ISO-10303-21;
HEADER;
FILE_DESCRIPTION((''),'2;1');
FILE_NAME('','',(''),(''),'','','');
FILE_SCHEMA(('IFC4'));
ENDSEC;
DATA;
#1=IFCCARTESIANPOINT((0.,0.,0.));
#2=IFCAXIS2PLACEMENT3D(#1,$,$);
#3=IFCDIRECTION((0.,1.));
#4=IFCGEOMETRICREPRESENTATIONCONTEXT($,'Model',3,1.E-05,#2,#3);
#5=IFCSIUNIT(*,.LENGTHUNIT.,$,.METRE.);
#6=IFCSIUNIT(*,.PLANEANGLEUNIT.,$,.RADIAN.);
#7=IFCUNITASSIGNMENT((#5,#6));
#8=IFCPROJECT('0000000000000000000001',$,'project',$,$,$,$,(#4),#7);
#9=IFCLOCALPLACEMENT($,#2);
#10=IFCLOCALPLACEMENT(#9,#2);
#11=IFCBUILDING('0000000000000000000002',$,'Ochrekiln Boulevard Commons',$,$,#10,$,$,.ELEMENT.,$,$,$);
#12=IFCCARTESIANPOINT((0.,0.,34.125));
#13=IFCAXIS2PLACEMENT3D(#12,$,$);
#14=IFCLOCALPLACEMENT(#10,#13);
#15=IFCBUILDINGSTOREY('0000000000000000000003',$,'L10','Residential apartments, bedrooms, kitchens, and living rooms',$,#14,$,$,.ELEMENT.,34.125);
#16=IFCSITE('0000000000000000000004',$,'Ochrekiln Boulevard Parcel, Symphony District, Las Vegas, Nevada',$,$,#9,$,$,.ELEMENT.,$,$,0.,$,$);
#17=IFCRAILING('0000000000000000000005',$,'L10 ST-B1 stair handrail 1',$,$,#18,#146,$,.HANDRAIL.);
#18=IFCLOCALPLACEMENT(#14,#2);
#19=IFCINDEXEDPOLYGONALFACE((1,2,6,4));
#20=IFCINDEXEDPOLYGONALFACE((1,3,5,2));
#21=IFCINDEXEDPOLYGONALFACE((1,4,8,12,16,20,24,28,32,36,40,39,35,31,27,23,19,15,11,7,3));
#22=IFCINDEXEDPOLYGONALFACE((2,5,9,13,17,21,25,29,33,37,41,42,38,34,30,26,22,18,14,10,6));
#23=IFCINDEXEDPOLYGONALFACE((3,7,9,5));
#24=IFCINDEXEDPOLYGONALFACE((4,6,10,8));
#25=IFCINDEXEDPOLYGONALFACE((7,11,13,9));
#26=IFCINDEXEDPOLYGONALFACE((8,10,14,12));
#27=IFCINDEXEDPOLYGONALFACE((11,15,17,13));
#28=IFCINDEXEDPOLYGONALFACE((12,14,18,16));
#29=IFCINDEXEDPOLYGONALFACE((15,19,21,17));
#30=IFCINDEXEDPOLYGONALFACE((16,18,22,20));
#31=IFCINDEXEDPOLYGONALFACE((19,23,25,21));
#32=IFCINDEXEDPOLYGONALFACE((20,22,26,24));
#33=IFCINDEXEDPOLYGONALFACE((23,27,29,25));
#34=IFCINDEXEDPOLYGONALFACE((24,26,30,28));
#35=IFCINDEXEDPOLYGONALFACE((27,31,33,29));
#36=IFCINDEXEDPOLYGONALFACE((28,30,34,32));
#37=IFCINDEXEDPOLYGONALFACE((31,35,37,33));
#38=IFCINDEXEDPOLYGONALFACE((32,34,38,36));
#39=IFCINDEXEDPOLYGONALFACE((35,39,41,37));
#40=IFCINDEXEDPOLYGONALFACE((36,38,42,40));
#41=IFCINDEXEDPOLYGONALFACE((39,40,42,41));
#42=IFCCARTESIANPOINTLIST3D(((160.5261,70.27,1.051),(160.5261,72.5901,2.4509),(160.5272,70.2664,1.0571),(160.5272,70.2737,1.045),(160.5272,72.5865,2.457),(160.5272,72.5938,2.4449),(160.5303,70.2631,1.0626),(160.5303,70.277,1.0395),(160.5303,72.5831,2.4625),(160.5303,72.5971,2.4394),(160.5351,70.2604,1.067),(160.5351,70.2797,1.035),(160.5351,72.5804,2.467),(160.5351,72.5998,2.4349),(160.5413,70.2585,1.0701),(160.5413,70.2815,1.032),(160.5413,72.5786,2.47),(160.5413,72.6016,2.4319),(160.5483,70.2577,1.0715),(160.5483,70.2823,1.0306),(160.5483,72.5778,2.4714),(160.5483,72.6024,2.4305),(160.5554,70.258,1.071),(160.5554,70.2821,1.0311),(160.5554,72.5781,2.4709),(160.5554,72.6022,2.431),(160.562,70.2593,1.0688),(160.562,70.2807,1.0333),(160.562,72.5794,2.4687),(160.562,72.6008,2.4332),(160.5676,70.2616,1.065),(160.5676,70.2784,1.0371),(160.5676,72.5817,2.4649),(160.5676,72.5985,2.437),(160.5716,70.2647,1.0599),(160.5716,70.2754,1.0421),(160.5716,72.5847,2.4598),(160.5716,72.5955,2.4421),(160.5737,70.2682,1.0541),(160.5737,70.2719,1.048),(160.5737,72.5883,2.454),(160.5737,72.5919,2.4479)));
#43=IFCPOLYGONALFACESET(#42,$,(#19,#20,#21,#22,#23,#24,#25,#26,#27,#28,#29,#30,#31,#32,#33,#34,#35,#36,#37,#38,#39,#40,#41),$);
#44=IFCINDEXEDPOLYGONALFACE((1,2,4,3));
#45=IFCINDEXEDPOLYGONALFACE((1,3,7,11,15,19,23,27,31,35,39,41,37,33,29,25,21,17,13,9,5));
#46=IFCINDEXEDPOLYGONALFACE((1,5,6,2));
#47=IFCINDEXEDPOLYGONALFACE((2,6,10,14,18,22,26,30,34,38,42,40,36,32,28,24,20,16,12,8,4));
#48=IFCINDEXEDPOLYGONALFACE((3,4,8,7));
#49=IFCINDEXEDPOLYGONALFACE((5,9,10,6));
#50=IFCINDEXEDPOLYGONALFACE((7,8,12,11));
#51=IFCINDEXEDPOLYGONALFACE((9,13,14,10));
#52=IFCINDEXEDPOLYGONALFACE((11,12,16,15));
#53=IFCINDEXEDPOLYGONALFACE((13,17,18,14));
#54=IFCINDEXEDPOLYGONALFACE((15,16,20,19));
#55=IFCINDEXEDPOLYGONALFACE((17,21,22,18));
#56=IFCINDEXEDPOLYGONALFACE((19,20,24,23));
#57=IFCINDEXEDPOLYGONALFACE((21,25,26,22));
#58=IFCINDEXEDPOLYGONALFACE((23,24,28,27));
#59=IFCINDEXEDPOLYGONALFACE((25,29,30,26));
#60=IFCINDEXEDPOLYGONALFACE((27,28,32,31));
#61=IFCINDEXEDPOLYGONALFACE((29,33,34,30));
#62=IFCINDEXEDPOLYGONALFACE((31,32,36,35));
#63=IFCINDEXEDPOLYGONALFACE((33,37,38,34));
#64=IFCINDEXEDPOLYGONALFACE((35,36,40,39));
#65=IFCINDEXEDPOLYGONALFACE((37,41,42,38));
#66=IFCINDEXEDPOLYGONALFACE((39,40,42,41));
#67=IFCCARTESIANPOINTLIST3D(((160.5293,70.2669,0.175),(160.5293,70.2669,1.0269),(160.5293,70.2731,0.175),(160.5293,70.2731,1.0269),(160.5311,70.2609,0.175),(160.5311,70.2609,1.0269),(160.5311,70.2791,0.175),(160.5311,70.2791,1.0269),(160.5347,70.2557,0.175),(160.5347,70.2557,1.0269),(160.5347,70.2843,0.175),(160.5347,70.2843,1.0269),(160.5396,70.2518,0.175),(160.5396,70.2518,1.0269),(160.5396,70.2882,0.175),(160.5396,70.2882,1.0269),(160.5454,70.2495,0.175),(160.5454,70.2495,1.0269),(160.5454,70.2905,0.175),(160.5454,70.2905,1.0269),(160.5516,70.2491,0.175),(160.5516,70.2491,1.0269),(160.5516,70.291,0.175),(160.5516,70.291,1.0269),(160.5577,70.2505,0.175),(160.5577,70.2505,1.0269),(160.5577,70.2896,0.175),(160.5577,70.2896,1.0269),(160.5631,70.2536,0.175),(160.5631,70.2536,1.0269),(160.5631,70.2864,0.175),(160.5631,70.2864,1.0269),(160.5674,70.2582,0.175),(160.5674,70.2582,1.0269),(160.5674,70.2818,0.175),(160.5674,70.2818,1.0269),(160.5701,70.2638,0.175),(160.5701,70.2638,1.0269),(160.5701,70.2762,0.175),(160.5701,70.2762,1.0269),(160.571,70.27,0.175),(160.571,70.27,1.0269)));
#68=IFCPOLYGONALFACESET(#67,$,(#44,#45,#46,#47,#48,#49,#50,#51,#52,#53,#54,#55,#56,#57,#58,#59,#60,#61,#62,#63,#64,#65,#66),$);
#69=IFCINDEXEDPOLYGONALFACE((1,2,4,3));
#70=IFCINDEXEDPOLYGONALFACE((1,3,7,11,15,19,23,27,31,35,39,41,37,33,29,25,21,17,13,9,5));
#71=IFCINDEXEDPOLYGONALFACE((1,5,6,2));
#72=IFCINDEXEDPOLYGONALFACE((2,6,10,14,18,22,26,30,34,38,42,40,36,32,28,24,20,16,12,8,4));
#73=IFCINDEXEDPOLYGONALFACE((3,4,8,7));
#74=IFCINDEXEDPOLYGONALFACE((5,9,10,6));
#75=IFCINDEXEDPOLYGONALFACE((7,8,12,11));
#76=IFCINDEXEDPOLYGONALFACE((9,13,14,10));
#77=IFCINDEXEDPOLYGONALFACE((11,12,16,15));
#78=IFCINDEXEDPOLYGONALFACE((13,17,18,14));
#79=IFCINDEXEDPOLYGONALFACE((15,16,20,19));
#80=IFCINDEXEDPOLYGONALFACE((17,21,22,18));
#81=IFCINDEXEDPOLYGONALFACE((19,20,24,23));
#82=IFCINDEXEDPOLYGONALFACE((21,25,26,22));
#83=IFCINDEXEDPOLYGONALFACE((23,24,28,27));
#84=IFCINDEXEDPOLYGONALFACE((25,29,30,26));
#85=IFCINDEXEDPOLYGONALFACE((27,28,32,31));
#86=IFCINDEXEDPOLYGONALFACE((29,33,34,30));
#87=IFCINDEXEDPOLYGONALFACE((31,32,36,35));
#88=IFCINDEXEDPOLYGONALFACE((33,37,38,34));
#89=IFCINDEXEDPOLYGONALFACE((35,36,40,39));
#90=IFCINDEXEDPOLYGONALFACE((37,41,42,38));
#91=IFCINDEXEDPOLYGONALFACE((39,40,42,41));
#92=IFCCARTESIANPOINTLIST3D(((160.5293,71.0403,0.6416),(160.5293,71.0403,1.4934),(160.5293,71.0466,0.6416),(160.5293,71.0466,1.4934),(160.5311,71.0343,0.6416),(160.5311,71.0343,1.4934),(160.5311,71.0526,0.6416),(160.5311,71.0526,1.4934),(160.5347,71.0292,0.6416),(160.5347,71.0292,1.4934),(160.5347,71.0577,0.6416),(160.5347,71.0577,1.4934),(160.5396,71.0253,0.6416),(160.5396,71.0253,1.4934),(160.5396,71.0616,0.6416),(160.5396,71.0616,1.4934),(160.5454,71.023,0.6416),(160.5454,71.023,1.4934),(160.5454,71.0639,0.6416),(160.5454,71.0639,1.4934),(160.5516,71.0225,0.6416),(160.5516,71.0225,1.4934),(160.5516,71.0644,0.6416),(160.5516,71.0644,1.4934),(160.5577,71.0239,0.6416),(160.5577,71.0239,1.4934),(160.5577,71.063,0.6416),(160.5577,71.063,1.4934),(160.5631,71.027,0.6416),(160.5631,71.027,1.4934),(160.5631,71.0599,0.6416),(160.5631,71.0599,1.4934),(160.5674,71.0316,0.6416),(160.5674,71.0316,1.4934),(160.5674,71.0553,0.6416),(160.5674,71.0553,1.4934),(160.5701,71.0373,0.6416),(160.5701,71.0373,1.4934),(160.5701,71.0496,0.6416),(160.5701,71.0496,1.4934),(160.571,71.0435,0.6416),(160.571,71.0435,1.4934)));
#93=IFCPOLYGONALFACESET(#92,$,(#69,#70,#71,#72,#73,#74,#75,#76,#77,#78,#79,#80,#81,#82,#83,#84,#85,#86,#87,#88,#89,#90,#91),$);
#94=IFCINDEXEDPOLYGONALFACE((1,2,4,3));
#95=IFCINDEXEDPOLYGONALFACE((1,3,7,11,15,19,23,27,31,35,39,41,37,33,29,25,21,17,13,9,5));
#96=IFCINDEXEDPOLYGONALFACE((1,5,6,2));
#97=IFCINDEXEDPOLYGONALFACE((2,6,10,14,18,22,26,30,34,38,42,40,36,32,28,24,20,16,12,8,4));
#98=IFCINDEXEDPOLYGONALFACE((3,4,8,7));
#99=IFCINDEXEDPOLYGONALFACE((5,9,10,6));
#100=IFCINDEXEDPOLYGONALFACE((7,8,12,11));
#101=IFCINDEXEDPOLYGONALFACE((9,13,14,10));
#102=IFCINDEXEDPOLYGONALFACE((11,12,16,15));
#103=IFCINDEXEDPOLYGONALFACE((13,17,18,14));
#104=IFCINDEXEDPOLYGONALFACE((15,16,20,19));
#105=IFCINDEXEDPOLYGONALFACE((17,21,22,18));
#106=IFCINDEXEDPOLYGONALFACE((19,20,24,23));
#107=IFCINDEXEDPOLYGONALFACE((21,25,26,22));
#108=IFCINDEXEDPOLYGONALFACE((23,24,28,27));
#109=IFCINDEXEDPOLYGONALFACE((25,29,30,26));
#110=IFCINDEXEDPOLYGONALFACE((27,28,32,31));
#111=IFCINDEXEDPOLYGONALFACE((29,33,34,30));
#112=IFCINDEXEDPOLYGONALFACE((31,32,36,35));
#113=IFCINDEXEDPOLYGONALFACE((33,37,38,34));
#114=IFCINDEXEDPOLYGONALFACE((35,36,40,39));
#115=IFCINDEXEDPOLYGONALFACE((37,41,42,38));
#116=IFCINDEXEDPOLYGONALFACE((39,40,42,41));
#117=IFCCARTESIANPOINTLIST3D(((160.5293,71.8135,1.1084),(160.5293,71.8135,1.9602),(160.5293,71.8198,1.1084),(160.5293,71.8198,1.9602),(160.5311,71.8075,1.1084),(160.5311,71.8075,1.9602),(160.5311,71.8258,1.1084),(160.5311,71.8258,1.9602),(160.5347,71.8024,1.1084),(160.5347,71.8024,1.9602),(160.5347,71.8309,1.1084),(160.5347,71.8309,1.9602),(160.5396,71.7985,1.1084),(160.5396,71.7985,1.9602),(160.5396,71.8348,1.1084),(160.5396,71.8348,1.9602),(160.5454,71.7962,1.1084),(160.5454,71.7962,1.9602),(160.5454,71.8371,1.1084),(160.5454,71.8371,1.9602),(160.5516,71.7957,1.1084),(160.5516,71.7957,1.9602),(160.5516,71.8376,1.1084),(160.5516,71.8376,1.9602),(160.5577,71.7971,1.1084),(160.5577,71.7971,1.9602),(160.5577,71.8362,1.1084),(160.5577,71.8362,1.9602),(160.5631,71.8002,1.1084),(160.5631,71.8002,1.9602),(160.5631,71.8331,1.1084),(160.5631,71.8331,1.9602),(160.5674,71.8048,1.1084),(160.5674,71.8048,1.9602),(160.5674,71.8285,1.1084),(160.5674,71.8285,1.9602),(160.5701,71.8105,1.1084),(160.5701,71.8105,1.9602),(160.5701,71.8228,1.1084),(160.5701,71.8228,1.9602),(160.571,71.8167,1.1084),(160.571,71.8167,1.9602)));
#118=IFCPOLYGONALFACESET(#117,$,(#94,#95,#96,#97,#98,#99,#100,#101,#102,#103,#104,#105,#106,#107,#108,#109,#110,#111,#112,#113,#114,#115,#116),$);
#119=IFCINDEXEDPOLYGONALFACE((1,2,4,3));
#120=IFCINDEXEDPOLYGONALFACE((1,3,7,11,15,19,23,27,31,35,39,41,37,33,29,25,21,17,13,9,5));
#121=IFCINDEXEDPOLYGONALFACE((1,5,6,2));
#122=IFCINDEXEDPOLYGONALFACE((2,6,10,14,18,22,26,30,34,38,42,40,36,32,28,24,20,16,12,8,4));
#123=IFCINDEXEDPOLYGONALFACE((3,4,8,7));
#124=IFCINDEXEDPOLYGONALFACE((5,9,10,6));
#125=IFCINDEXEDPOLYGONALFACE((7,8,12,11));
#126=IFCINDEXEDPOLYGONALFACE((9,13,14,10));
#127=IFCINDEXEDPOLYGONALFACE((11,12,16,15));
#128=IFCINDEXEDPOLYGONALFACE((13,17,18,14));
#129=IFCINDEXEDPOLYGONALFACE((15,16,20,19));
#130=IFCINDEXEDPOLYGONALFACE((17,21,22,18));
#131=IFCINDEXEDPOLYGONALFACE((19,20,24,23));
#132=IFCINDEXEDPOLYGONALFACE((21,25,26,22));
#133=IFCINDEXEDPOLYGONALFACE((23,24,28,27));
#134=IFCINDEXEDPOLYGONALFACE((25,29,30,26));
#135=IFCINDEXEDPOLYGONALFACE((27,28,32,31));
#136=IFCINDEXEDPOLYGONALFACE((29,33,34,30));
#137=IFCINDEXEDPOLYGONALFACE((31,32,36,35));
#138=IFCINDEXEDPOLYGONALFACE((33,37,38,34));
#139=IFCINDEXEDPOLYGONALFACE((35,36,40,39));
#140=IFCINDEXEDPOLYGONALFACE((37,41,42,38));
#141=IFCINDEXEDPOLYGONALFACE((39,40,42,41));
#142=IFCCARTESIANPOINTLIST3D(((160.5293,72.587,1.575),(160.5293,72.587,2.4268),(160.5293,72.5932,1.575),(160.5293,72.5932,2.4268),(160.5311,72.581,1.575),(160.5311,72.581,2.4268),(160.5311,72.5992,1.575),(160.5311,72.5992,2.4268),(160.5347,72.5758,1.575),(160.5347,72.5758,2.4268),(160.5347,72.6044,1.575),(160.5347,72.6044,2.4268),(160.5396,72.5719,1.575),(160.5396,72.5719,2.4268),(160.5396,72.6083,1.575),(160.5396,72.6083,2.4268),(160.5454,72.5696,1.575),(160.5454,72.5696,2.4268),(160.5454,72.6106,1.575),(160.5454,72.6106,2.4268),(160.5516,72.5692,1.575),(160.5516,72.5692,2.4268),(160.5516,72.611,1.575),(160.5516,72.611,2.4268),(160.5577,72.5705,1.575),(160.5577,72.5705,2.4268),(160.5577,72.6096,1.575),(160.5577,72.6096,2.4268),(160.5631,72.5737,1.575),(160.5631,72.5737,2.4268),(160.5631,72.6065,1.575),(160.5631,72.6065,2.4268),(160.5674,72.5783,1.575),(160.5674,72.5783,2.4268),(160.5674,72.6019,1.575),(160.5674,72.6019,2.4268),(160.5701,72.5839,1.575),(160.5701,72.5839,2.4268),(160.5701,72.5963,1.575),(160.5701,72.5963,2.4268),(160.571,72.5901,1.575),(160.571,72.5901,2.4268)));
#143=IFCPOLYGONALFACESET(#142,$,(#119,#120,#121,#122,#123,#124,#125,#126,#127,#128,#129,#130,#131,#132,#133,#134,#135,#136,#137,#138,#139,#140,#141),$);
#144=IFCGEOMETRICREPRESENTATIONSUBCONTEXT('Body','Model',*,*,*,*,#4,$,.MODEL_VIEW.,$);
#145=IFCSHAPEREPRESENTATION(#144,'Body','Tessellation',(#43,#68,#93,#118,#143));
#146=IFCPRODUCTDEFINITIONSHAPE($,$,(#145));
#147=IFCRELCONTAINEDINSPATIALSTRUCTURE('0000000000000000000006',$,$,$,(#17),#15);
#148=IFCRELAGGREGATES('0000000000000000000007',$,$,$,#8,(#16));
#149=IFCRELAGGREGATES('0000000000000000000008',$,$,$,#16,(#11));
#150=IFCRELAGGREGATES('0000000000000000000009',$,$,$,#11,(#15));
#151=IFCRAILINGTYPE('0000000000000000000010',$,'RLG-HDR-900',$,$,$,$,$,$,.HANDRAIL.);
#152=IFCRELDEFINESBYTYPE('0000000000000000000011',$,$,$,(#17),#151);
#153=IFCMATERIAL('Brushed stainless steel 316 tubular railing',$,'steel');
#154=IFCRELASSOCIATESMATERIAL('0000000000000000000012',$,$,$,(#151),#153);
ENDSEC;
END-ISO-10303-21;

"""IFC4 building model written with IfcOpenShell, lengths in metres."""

from ifc_helpers import new_model, si_unit, direction, frame, origin, origin_2d, place, context, subcontext, project, spatial, circle, extrude, material, type_object, element, save


model = new_model("IFC4")

# Units and contexts
model_context = context("Model", 3, precision=1e-05, world=origin(), true_north=direction((0.0, 1.0)))
body_context = subcontext(model_context, "Body", "Model", "MODEL_VIEW")
ifc_project = project(units=[si_unit("LENGTHUNIT", "METRE"), si_unit("PLANEANGLEUNIT", "RADIAN")], contexts=[model_context])

# Site, building, storey
site_placement = place(None, origin())
site = spatial("IfcSite", under=ifc_project, at=site_placement, Name="Ochrekiln Boulevard Parcel, Symphony District, Las Vegas, Nevada", CompositionType="ELEMENT", RefElevation=0.0)
building_placement = place(site_placement, origin())
building = spatial("IfcBuilding", under=site, at=building_placement, Name="Ochrekiln Boulevard Commons", CompositionType="ELEMENT")
storey_placement = place(building_placement, frame((0.0, 0.0, 34.125)))
storey = spatial("IfcBuildingStorey", under=building, at=storey_placement, Name="L10", Description="Residential apartments, bedrooms, kitchens, and living rooms", CompositionType="ELEMENT", Elevation=34.125)

# Railing
ifc_material_1 = material(Name="Brushed stainless steel 316 tubular railing", Category="steel")
railing_type_1 = type_object("IfcRailingType", Name="RLG-HDR-900", PredefinedType="HANDRAIL", material=ifc_material_1)
railing_1_placement = place(storey_placement, frame((160.55, 70.27, 0.175)))
element("IfcRailing", 1, at=railing_1_placement, inside=storey, type_object=railing_type_1, Name="L10 ST-B1 stair handrail 1", PredefinedType="HANDRAIL", context=body_context, shape_type="SweptSolid", body=[
    extrude(circle(Radius=0.0239, at=origin_2d()), frame((0.0, 0.0, 0.876), z_axis=(0.0, 0.85621, 0.516627), x_axis=(-1.0, 0.0, 0.0)), (0.0, 0.0, 1.0), 2.7097),
    extrude(circle(Radius=0.021, at=origin_2d()), origin(), (0.0, 0.0, 1.0), 0.8518),
    extrude(circle(Radius=0.021, at=origin_2d()), frame((0.0, 0.7734, 0.4666)), (0.0, 0.0, 1.0), 0.8518),
    extrude(circle(Radius=0.021, at=origin_2d()), frame((0.0, 1.5466, 0.9333)), (0.0, 0.0, 1.0), 0.8518),
    extrude(circle(Radius=0.021, at=origin_2d()), frame((0.0, 2.3201, 1.3999)), (0.0, 0.0, 1.0), 0.8518),
])

save(model, "model.ifc")
